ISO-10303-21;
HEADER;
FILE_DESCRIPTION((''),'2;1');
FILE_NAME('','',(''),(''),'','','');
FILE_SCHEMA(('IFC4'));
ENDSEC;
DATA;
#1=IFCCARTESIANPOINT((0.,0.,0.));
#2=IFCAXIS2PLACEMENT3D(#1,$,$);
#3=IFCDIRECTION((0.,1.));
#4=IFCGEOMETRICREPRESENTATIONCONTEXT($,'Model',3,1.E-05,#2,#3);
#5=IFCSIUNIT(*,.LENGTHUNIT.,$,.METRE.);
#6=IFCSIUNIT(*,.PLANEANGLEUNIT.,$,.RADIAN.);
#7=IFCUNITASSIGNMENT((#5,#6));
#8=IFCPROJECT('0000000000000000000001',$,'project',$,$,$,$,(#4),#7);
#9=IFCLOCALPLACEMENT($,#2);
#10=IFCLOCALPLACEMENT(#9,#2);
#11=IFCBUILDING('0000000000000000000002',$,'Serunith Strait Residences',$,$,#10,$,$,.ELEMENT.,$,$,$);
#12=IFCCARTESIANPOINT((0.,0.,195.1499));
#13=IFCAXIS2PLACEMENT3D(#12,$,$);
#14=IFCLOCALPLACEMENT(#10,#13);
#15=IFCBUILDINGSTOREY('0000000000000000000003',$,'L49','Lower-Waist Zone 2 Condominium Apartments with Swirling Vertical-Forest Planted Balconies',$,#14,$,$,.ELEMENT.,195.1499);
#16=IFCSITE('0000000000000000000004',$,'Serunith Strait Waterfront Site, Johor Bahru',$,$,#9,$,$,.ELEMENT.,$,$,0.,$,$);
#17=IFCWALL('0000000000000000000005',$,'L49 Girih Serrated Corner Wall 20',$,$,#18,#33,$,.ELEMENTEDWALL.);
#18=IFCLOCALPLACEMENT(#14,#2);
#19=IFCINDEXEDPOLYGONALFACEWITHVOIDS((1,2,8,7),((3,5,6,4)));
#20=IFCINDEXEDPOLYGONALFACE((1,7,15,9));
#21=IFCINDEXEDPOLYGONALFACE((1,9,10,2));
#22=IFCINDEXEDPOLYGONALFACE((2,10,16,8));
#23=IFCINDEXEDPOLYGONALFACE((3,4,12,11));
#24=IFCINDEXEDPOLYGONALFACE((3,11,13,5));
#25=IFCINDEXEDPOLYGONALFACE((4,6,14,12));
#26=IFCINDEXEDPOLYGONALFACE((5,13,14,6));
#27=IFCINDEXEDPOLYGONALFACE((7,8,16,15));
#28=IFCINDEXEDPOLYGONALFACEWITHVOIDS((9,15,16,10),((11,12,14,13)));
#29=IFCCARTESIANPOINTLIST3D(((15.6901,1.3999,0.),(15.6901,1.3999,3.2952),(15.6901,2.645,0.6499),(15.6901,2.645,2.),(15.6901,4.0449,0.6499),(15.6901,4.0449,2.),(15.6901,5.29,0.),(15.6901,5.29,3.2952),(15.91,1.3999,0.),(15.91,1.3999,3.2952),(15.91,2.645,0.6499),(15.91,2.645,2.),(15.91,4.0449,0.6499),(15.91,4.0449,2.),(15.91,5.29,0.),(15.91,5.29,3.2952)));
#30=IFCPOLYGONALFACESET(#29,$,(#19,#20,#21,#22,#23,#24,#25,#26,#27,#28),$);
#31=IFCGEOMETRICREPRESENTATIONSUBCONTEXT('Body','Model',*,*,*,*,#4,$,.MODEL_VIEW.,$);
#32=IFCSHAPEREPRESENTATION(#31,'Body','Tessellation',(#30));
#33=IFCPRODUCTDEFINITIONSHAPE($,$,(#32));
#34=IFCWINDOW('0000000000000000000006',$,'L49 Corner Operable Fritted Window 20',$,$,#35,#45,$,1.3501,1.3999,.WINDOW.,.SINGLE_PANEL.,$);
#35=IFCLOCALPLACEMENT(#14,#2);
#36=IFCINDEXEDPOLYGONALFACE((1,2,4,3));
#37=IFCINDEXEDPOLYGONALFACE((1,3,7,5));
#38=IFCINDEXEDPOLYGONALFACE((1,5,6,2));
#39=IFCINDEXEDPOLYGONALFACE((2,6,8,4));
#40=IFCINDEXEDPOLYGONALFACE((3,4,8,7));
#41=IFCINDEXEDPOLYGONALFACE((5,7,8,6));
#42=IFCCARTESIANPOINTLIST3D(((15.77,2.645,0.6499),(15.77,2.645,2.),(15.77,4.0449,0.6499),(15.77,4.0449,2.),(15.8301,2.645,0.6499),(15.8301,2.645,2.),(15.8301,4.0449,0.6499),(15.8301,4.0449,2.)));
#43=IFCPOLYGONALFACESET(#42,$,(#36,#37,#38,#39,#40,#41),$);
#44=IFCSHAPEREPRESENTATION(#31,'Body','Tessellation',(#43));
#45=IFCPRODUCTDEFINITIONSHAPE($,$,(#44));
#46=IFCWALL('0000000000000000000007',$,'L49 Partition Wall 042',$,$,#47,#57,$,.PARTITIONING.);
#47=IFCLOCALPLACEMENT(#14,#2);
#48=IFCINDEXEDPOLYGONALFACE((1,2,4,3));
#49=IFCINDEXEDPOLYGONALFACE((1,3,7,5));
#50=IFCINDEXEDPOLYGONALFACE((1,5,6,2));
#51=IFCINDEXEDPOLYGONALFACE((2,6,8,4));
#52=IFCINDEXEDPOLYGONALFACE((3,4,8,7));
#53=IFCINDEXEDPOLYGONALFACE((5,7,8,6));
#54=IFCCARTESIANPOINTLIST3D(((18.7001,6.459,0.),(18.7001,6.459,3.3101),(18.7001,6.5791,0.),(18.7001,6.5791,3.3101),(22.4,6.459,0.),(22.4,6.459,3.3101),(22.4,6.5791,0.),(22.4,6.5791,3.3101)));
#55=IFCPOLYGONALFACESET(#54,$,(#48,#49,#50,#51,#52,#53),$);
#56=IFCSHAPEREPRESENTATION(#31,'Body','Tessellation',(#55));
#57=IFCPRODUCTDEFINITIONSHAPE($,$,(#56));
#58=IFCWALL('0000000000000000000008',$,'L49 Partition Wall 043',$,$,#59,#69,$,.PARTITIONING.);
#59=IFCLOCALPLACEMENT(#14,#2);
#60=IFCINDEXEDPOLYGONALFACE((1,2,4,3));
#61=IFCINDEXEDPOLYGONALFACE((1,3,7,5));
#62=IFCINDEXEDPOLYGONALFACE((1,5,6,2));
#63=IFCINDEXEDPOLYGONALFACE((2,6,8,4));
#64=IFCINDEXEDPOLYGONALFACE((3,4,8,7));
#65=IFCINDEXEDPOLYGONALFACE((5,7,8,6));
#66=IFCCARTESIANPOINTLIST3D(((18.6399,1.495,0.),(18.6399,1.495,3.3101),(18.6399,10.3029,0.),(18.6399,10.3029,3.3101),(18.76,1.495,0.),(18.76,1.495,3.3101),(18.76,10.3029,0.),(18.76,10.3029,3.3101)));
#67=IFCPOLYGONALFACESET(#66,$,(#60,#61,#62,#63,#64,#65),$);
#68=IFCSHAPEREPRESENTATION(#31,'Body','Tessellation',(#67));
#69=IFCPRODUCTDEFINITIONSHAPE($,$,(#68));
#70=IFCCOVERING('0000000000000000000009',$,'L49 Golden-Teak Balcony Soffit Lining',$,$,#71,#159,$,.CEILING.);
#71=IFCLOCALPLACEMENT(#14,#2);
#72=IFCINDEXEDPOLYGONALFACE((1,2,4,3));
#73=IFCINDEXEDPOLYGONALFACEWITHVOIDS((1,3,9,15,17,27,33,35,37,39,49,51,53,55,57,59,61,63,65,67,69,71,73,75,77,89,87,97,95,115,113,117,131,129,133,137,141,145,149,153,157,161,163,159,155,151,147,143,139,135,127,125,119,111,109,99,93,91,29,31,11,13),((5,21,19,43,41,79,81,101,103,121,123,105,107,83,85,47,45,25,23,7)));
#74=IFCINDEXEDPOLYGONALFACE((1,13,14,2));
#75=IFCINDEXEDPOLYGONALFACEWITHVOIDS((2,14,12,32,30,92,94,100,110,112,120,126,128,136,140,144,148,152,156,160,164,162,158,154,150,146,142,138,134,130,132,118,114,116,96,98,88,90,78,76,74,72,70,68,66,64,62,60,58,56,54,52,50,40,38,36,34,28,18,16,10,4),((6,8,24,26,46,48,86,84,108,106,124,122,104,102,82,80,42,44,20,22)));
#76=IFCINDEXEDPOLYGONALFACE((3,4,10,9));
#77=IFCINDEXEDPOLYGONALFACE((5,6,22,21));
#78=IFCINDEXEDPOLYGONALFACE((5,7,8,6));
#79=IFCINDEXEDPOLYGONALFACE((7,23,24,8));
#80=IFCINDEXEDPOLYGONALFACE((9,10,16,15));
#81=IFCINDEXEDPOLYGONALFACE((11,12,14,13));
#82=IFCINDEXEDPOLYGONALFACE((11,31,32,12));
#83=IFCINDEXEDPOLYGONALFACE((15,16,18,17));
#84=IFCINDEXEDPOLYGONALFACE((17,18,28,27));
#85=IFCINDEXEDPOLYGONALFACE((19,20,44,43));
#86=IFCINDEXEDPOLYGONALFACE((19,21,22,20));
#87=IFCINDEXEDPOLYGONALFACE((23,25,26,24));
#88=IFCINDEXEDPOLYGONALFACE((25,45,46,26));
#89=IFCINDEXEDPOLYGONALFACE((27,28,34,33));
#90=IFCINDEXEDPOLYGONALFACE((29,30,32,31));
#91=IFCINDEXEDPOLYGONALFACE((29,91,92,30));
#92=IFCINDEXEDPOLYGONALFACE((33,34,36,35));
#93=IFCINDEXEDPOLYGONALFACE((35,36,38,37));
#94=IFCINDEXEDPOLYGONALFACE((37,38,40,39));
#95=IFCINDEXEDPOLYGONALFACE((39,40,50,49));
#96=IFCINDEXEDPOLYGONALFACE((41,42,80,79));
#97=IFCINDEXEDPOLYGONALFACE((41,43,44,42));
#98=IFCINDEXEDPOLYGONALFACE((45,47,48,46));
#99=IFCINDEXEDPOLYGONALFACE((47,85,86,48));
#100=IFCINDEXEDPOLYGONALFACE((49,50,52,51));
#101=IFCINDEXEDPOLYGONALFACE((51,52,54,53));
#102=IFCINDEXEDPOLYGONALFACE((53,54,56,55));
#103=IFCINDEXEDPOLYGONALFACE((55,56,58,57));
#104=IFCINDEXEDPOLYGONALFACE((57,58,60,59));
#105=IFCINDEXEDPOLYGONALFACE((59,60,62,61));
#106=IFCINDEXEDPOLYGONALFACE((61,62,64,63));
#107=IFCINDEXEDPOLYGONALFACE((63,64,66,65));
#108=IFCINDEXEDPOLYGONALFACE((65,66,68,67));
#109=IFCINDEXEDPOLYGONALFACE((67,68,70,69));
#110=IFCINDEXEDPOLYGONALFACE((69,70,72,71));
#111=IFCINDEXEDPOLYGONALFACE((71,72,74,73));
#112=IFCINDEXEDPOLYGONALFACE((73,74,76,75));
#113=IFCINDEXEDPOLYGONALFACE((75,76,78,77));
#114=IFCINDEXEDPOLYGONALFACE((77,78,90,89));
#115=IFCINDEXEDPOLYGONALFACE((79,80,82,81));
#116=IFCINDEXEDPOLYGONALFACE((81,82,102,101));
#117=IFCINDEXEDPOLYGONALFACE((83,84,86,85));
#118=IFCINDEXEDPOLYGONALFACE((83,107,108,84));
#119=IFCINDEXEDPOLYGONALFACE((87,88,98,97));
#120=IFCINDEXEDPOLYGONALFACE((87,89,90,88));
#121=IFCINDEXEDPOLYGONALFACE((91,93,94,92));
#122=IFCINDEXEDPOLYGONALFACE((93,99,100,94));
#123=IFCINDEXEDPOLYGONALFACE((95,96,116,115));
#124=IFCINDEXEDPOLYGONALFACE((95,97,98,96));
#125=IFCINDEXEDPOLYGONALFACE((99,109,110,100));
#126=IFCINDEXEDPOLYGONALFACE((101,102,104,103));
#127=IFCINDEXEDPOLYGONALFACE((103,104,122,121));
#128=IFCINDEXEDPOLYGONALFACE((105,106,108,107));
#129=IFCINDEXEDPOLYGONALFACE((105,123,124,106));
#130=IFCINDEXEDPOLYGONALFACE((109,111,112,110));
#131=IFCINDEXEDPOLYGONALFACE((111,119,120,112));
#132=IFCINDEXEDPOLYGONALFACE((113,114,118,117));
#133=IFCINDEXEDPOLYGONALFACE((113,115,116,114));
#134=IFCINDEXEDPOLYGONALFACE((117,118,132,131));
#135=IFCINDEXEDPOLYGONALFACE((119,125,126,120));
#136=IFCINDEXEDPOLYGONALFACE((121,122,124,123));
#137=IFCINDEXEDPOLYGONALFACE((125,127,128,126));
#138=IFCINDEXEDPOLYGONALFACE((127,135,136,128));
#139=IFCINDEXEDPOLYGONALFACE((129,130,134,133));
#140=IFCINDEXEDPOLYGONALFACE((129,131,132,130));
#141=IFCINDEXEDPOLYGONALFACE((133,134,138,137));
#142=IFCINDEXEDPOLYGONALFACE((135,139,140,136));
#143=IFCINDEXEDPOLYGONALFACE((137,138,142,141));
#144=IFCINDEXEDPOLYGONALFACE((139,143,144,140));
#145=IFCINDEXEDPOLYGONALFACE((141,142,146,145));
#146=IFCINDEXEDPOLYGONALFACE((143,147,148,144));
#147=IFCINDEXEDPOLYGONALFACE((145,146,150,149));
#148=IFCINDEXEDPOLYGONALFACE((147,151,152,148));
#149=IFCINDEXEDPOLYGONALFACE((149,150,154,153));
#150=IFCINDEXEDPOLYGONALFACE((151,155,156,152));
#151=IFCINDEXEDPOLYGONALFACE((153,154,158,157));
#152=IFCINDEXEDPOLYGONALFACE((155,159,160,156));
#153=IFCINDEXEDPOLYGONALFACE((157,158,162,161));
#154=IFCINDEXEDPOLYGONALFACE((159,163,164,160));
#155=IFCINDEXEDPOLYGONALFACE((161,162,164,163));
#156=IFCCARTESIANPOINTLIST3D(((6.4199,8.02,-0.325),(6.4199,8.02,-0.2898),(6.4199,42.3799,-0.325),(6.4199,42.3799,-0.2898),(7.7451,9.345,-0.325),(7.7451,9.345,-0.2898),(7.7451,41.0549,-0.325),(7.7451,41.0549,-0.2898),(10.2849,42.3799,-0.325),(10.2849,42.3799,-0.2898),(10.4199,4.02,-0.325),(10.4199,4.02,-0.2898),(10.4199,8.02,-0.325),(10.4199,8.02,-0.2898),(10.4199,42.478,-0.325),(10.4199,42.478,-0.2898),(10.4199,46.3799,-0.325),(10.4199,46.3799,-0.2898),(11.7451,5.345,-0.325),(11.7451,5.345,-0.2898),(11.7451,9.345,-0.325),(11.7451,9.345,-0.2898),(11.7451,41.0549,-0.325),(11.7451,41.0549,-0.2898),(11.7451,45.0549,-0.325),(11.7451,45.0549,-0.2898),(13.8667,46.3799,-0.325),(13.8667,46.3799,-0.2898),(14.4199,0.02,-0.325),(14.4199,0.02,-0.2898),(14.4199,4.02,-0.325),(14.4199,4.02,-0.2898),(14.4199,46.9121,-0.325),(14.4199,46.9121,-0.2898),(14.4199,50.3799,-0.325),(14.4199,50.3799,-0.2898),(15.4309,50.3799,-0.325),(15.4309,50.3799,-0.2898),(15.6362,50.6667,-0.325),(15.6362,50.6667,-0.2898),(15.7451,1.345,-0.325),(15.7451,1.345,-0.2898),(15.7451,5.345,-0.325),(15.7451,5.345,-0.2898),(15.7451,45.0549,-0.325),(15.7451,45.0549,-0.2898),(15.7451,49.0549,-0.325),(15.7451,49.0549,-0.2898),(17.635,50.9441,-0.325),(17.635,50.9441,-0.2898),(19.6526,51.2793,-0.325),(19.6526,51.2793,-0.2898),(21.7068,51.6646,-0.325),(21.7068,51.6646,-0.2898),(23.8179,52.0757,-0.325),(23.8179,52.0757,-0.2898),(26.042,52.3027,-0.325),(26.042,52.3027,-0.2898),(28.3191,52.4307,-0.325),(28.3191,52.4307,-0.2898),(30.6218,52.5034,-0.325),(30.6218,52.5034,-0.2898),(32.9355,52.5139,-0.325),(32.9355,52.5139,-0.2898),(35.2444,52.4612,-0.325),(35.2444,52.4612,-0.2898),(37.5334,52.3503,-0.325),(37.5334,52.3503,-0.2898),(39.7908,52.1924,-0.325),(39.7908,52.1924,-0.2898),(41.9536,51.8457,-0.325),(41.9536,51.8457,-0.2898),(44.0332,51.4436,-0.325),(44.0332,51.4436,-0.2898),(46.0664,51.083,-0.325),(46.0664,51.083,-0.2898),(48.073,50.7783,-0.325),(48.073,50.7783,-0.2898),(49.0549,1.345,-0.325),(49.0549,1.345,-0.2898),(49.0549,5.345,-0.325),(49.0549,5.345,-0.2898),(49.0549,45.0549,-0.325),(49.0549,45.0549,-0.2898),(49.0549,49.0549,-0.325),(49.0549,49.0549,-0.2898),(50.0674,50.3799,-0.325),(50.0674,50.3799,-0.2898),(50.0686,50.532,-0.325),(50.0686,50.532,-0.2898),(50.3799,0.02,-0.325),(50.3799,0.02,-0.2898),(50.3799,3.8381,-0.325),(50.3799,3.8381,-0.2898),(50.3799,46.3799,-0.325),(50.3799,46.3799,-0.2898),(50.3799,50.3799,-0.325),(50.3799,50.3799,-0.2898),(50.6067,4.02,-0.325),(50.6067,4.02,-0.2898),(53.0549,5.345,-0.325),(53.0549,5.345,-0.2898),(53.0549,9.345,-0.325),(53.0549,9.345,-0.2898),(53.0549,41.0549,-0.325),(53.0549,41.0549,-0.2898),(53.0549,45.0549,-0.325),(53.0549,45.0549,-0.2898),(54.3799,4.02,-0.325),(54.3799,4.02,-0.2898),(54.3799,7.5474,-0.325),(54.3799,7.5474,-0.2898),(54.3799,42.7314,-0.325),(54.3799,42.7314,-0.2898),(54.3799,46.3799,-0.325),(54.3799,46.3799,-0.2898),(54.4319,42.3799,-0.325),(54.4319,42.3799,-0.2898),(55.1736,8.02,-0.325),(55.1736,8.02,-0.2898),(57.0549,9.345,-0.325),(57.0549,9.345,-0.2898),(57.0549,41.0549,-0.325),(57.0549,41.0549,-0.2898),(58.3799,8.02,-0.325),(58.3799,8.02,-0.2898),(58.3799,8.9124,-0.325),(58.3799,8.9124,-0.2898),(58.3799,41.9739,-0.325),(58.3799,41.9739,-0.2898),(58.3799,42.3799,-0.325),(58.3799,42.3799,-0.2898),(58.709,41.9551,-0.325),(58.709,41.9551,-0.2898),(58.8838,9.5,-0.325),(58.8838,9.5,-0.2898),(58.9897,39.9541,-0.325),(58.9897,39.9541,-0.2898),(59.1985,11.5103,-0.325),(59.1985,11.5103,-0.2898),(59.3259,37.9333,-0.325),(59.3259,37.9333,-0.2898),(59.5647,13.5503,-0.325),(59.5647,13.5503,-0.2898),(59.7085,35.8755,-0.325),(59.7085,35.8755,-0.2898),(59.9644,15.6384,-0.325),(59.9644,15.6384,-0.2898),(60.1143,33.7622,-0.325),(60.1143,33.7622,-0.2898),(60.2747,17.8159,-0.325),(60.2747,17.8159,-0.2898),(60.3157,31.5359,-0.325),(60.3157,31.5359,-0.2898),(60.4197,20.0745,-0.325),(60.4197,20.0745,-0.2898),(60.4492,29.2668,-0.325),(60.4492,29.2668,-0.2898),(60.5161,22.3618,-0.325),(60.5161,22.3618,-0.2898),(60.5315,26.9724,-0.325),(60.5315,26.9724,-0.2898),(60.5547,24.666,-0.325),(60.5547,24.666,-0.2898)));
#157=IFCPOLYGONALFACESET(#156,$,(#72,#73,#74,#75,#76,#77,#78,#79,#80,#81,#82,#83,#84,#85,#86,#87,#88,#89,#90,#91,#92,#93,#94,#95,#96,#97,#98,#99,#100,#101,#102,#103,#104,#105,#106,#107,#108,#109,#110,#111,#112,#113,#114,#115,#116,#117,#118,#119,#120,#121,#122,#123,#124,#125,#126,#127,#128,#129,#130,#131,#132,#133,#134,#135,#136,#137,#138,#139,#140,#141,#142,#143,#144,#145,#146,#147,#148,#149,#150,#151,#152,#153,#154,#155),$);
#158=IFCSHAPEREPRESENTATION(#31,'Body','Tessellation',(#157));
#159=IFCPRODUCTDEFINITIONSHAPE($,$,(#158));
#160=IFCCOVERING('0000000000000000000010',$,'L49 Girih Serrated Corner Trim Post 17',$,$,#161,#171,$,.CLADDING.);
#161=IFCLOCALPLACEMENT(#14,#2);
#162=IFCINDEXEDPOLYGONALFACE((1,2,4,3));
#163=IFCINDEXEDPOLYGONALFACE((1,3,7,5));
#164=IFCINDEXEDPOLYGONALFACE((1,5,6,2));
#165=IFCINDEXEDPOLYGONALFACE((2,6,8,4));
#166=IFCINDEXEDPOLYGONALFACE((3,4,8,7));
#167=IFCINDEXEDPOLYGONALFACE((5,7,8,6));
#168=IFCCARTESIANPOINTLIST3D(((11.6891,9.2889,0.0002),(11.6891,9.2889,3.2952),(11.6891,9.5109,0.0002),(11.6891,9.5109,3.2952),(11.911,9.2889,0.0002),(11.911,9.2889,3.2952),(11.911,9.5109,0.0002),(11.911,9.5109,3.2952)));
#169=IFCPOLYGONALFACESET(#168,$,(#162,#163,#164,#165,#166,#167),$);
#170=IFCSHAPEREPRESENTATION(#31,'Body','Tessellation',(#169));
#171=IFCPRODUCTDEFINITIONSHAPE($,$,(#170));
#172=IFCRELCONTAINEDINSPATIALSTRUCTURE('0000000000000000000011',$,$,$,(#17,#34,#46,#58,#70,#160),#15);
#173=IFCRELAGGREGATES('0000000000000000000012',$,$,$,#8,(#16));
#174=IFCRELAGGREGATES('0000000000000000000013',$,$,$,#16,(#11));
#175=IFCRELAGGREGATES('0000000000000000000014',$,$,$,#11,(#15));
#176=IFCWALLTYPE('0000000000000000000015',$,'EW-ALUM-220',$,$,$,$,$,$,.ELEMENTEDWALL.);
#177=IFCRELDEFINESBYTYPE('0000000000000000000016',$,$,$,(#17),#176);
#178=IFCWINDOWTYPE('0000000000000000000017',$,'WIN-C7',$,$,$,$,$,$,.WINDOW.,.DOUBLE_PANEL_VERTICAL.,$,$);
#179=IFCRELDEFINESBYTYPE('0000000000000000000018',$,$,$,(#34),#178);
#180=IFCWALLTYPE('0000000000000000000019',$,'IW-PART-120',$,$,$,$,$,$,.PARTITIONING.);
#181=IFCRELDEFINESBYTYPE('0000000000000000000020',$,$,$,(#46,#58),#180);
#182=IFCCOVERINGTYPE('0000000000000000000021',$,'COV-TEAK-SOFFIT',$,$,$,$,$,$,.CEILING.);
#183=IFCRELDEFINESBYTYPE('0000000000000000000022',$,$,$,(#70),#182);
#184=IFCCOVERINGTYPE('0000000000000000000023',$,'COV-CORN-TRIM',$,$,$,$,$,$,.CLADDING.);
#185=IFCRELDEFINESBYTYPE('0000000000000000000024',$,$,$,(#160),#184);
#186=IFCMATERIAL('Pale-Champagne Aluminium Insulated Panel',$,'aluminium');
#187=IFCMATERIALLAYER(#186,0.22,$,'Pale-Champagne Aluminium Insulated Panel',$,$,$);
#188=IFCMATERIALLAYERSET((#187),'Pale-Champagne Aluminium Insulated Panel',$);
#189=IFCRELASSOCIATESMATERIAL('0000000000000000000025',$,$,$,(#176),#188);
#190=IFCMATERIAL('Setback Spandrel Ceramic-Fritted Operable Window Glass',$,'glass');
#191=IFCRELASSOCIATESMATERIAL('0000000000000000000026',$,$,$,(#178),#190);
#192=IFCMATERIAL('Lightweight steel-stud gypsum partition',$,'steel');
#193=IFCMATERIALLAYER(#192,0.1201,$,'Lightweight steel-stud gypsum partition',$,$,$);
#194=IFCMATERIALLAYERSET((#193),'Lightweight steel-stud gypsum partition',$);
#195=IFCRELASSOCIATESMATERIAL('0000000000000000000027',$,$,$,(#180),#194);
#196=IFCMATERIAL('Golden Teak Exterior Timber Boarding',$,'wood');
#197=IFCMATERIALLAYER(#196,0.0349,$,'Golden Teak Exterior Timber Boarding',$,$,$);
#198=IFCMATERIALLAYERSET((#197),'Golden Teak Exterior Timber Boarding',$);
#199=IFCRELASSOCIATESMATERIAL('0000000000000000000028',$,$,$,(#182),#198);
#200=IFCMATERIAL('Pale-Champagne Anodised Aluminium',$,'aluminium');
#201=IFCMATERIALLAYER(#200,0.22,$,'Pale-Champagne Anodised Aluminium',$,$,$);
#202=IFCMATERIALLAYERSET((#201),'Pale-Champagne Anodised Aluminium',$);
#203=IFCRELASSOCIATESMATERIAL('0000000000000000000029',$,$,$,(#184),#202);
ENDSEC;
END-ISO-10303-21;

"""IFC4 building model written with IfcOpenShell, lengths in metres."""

from ifc_helpers import new_model, si_unit, direction, frame, frame_2d, origin, origin_2d, place, context, subcontext, project, spatial, polyline, rectangle, outline, extrude, source, transform, mapped, material, layer, layer_set, type_object, element, fill, save


model = new_model("IFC4")

# Units and contexts
model_context = context("Model", 3, precision=1e-05, world=origin(), true_north=direction((0.0, 1.0)))
body_context = subcontext(model_context, "Body", "Model", "MODEL_VIEW")
ifc_project = project(units=[si_unit("LENGTHUNIT", "METRE"), si_unit("PLANEANGLEUNIT", "RADIAN")], contexts=[model_context])

# Site, building, storey
site_placement = place(None, origin())
site = spatial("IfcSite", under=ifc_project, at=site_placement, Name="Serunith Strait Waterfront Site, Johor Bahru", CompositionType="ELEMENT", RefElevation=0.0)
building_placement = place(site_placement, origin())
building = spatial("IfcBuilding", under=site, at=building_placement, Name="Serunith Strait Residences", CompositionType="ELEMENT")
storey_placement = place(building_placement, frame((0.0, 0.0, 195.1499)))
storey = spatial("IfcBuildingStorey", under=building, at=storey_placement, Name="L49", Description="Lower-Waist Zone 2 Condominium Apartments with Swirling Vertical-Forest Planted Balconies", CompositionType="ELEMENT", Elevation=195.1499)

# Wall, opening, window
ifc_material_1 = material(Name="Pale-Champagne Aluminium Insulated Panel", Category="aluminium")
ifc_layer_1 = layer(ifc_material_1, 0.22, Name="Pale-Champagne Aluminium Insulated Panel")
ifc_layer_set_1 = layer_set([ifc_layer_1], Name="Pale-Champagne Aluminium Insulated Panel")
wall_type_1 = type_object("IfcWallType", Name="EW-ALUM-220", PredefinedType="ELEMENTEDWALL", material=ifc_layer_set_1)
ifc_material_2 = material(Name="Setback Spandrel Ceramic-Fritted Operable Window Glass", Category="glass")
window_type = type_object("IfcWindowType", Name="WIN-C7", PartitioningType="DOUBLE_PANEL_VERTICAL", PredefinedType="WINDOW", material=ifc_material_2)
shared_shape_1 = source(origin(), body_context, "Body", "SweptSolid", [
    extrude(rectangle(XDim=1.3999, YDim=1.3501, at=frame_2d((0.7, 0.675))), frame((0.0, 0.03, 0.0), z_axis=(0.0, -1.0, 0.0), x_axis=(1.0, 0.0, 0.0)), (0.0, 0.0, 1.0), 0.0601),
])
wall_1_placement = place(storey_placement, frame((15.8, 5.29, 0.0), z_axis=(0.0, 0.0, 1.0), x_axis=(0.0, -1.0, 0.0)))
wall_1 = element("IfcWall", 1, at=wall_1_placement, inside=storey, type_object=wall_type_1, Name="L49 Girih Serrated Corner Wall 20", PredefinedType="ELEMENTEDWALL", context=body_context, shape_type="SweptSolid", body=[
    extrude(rectangle(XDim=3.8901, YDim=0.22, at=frame_2d((1.9451, 0.0))), origin(), (0.0, 0.0, 1.0), 3.2952),
])
opening_1_placement = place(wall_1_placement, frame((1.2451, 0.0, 0.6499)))
opening_1 = element("IfcOpeningElement", 2, at=opening_1_placement, cuts=wall_1, PredefinedType="OPENING", context=body_context, shape_type="SweptSolid", body=[
    extrude(rectangle(XDim=1.3999, YDim=1.3501, at=frame_2d((0.7, 0.675))), frame((0.0, 0.1201, 0.0), z_axis=(0.0, -1.0, 0.0), x_axis=(1.0, 0.0, 0.0)), (0.0, 0.0, 1.0), 0.24),
])
window_1_placement = place(opening_1_placement, origin())
window_1 = element("IfcWindow", 3, at=window_1_placement, inside=storey, type_object=window_type, Name="L49 Corner Operable Fritted Window 20", OverallHeight=1.3501, OverallWidth=1.3999, PartitioningType="SINGLE_PANEL", PredefinedType="WINDOW", context=body_context, shape_type="MappedRepresentation", body=[
    mapped(shared_shape_1, transform((0.0, 0.0, 0.0), scale=1.0)),
])
fill(opening_1, window_1)

# Walls
ifc_material_3 = material(Name="Lightweight steel-stud gypsum partition", Category="steel")
ifc_layer_2 = layer(ifc_material_3, 0.1201, Name="Lightweight steel-stud gypsum partition")
ifc_layer_set_2 = layer_set([ifc_layer_2], Name="Lightweight steel-stud gypsum partition")
wall_type_2 = type_object("IfcWallType", Name="IW-PART-120", PredefinedType="PARTITIONING", material=ifc_layer_set_2)
wall_2_placement = place(storey_placement, frame((18.7, 6.519, 0.0), z_axis=(0.0, 0.0, 1.0), x_axis=(1.0, 0.0, 0.0)))
element("IfcWall", 4, at=wall_2_placement, inside=storey, type_object=wall_type_2, Name="L49 Partition Wall 042", PredefinedType="PARTITIONING", context=body_context, shape_type="SweptSolid", body=[
    extrude(rectangle(XDim=3.7, YDim=0.1201, at=frame_2d((1.8501, 0.0))), origin(), (0.0, 0.0, 1.0), 3.3101),
])
wall_3_placement = place(storey_placement, frame((18.7, 1.4951, 0.0), z_axis=(0.0, 0.0, 1.0), x_axis=(0.0, 1.0, 0.0)))
element("IfcWall", 5, at=wall_3_placement, inside=storey, type_object=wall_type_2, Name="L49 Partition Wall 043", PredefinedType="PARTITIONING", context=body_context, shape_type="SweptSolid", body=[
    extrude(rectangle(XDim=8.8079, YDim=0.1201, at=frame_2d((4.4038, 0.0))), origin(), (0.0, 0.0, 1.0), 3.3101),
])

# Covering
ifc_material_4 = material(Name="Golden Teak Exterior Timber Boarding", Category="wood")
ifc_layer_3 = layer(ifc_material_4, 0.0349, Name="Golden Teak Exterior Timber Boarding")
ifc_layer_set_3 = layer_set([ifc_layer_3], Name="Golden Teak Exterior Timber Boarding")
covering_type_1 = type_object("IfcCoveringType", Name="COV-TEAK-SOFFIT", PredefinedType="CEILING", material=ifc_layer_set_3)
covering_placement = place(storey_placement, frame((0.0, 0.0, -0.325)))
element("IfcCovering", 6, at=covering_placement, inside=storey, type_object=covering_type_1, Name="L49 Golden-Teak Balcony Soffit Lining", PredefinedType="CEILING", context=body_context, shape_type="SweptSolid", body=[
    extrude(outline(polyline([(10.4199, 46.3799), (13.8667, 46.3799), (14.4199, 46.9121), (14.4199, 50.3799), (15.4309, 50.3799), (15.6362, 50.6667), (17.635, 50.9441), (19.6526, 51.2793), (21.7068, 51.6646), (23.8179, 52.0757), (26.042, 52.3027), (28.3191, 52.4307), (30.6218, 52.5034), (32.9355, 52.5139), (35.2444, 52.4612), (37.5334, 52.3503), (39.7908, 52.1924), (41.9536, 51.8457), (44.0332, 51.4436), (46.0664, 51.083), (48.073, 50.7783), (50.0686, 50.532), (50.0674, 50.3799), (50.3799, 50.3799), (50.3799, 46.3799), (54.3799, 46.3799), (54.3799, 42.7314), (54.4319, 42.3799), (58.3799, 42.3799), (58.3799, 41.9739), (58.709, 41.9551), (58.9897, 39.9541), (59.3259, 37.9333), (59.7085, 35.8755), (60.1143, 33.7622), (60.3157, 31.5359), (60.4492, 29.2668), (60.5315, 26.9724), (60.5547, 24.666), (60.5161, 22.3618), (60.4197, 20.0745), (60.2747, 17.8159), (59.9644, 15.6384), (59.5647, 13.5503), (59.1985, 11.5103), (58.8838, 9.5), (58.3799, 8.9124), (58.3799, 8.02), (55.1736, 8.02), (54.3799, 7.5474), (54.3799, 4.02), (50.6067, 4.02), (50.3799, 3.8381), (50.3799, 0.02), (14.4199, 0.02), (14.4199, 4.02), (10.4199, 4.02), (10.4199, 8.02), (6.4199, 8.02), (6.4199, 42.3799), (10.2849, 42.3799), (10.4199, 42.478), (10.4199, 46.3799)]), holes=[polyline([(49.0549, 1.345), (49.0549, 5.345), (53.0549, 5.345), (53.0549, 9.345), (57.0549, 9.345), (57.0549, 41.0549), (53.0549, 41.0549), (53.0549, 45.0549), (49.0549, 45.0549), (49.0549, 49.0549), (15.7451, 49.0549), (15.7451, 45.0549), (11.7451, 45.0549), (11.7451, 41.0549), (7.7451, 41.0549), (7.7451, 9.345), (11.7451, 9.345), (11.7451, 5.345), (15.7451, 5.345), (15.7451, 1.345), (49.0549, 1.345)])]), origin(), (0.0, 0.0, 1.0), 0.0352),
])

# Covering
ifc_material_5 = material(Name="Pale-Champagne Anodised Aluminium", Category="aluminium")
ifc_layer_4 = layer(ifc_material_5, 0.22, Name="Pale-Champagne Anodised Aluminium")
ifc_layer_set_4 = layer_set([ifc_layer_4], Name="Pale-Champagne Anodised Aluminium")
covering_type_2 = type_object("IfcCoveringType", Name="COV-CORN-TRIM", PredefinedType="CLADDING", material=ifc_layer_set_4)
shared_shape_2 = source(origin(), body_context, "Body", "SweptSolid", [
    extrude(rectangle(XDim=0.2219, YDim=0.2219, at=origin_2d()), origin(), (0.0, 0.0, 1.0), 3.2949),
])
for number, where, z_axis, x_axis, name in (
    (7, (11.8, 9.3999, 0.0002), (0.0, 0.0, 1.0), (1.0, 0.0, 0.0), "L49 Girih Serrated Corner Trim Post 17"),
):
    element("IfcCovering", number, at=place(storey_placement, frame(where, z_axis=z_axis, x_axis=x_axis)), inside=storey, type_object=covering_type_2, Name=name, PredefinedType="CLADDING", context=body_context, shape_type="MappedRepresentation", body=[
        mapped(shared_shape_2, transform((0.0, 0.0, 0.0), scale=1.0)),
    ])

save(model, "model.ifc")
